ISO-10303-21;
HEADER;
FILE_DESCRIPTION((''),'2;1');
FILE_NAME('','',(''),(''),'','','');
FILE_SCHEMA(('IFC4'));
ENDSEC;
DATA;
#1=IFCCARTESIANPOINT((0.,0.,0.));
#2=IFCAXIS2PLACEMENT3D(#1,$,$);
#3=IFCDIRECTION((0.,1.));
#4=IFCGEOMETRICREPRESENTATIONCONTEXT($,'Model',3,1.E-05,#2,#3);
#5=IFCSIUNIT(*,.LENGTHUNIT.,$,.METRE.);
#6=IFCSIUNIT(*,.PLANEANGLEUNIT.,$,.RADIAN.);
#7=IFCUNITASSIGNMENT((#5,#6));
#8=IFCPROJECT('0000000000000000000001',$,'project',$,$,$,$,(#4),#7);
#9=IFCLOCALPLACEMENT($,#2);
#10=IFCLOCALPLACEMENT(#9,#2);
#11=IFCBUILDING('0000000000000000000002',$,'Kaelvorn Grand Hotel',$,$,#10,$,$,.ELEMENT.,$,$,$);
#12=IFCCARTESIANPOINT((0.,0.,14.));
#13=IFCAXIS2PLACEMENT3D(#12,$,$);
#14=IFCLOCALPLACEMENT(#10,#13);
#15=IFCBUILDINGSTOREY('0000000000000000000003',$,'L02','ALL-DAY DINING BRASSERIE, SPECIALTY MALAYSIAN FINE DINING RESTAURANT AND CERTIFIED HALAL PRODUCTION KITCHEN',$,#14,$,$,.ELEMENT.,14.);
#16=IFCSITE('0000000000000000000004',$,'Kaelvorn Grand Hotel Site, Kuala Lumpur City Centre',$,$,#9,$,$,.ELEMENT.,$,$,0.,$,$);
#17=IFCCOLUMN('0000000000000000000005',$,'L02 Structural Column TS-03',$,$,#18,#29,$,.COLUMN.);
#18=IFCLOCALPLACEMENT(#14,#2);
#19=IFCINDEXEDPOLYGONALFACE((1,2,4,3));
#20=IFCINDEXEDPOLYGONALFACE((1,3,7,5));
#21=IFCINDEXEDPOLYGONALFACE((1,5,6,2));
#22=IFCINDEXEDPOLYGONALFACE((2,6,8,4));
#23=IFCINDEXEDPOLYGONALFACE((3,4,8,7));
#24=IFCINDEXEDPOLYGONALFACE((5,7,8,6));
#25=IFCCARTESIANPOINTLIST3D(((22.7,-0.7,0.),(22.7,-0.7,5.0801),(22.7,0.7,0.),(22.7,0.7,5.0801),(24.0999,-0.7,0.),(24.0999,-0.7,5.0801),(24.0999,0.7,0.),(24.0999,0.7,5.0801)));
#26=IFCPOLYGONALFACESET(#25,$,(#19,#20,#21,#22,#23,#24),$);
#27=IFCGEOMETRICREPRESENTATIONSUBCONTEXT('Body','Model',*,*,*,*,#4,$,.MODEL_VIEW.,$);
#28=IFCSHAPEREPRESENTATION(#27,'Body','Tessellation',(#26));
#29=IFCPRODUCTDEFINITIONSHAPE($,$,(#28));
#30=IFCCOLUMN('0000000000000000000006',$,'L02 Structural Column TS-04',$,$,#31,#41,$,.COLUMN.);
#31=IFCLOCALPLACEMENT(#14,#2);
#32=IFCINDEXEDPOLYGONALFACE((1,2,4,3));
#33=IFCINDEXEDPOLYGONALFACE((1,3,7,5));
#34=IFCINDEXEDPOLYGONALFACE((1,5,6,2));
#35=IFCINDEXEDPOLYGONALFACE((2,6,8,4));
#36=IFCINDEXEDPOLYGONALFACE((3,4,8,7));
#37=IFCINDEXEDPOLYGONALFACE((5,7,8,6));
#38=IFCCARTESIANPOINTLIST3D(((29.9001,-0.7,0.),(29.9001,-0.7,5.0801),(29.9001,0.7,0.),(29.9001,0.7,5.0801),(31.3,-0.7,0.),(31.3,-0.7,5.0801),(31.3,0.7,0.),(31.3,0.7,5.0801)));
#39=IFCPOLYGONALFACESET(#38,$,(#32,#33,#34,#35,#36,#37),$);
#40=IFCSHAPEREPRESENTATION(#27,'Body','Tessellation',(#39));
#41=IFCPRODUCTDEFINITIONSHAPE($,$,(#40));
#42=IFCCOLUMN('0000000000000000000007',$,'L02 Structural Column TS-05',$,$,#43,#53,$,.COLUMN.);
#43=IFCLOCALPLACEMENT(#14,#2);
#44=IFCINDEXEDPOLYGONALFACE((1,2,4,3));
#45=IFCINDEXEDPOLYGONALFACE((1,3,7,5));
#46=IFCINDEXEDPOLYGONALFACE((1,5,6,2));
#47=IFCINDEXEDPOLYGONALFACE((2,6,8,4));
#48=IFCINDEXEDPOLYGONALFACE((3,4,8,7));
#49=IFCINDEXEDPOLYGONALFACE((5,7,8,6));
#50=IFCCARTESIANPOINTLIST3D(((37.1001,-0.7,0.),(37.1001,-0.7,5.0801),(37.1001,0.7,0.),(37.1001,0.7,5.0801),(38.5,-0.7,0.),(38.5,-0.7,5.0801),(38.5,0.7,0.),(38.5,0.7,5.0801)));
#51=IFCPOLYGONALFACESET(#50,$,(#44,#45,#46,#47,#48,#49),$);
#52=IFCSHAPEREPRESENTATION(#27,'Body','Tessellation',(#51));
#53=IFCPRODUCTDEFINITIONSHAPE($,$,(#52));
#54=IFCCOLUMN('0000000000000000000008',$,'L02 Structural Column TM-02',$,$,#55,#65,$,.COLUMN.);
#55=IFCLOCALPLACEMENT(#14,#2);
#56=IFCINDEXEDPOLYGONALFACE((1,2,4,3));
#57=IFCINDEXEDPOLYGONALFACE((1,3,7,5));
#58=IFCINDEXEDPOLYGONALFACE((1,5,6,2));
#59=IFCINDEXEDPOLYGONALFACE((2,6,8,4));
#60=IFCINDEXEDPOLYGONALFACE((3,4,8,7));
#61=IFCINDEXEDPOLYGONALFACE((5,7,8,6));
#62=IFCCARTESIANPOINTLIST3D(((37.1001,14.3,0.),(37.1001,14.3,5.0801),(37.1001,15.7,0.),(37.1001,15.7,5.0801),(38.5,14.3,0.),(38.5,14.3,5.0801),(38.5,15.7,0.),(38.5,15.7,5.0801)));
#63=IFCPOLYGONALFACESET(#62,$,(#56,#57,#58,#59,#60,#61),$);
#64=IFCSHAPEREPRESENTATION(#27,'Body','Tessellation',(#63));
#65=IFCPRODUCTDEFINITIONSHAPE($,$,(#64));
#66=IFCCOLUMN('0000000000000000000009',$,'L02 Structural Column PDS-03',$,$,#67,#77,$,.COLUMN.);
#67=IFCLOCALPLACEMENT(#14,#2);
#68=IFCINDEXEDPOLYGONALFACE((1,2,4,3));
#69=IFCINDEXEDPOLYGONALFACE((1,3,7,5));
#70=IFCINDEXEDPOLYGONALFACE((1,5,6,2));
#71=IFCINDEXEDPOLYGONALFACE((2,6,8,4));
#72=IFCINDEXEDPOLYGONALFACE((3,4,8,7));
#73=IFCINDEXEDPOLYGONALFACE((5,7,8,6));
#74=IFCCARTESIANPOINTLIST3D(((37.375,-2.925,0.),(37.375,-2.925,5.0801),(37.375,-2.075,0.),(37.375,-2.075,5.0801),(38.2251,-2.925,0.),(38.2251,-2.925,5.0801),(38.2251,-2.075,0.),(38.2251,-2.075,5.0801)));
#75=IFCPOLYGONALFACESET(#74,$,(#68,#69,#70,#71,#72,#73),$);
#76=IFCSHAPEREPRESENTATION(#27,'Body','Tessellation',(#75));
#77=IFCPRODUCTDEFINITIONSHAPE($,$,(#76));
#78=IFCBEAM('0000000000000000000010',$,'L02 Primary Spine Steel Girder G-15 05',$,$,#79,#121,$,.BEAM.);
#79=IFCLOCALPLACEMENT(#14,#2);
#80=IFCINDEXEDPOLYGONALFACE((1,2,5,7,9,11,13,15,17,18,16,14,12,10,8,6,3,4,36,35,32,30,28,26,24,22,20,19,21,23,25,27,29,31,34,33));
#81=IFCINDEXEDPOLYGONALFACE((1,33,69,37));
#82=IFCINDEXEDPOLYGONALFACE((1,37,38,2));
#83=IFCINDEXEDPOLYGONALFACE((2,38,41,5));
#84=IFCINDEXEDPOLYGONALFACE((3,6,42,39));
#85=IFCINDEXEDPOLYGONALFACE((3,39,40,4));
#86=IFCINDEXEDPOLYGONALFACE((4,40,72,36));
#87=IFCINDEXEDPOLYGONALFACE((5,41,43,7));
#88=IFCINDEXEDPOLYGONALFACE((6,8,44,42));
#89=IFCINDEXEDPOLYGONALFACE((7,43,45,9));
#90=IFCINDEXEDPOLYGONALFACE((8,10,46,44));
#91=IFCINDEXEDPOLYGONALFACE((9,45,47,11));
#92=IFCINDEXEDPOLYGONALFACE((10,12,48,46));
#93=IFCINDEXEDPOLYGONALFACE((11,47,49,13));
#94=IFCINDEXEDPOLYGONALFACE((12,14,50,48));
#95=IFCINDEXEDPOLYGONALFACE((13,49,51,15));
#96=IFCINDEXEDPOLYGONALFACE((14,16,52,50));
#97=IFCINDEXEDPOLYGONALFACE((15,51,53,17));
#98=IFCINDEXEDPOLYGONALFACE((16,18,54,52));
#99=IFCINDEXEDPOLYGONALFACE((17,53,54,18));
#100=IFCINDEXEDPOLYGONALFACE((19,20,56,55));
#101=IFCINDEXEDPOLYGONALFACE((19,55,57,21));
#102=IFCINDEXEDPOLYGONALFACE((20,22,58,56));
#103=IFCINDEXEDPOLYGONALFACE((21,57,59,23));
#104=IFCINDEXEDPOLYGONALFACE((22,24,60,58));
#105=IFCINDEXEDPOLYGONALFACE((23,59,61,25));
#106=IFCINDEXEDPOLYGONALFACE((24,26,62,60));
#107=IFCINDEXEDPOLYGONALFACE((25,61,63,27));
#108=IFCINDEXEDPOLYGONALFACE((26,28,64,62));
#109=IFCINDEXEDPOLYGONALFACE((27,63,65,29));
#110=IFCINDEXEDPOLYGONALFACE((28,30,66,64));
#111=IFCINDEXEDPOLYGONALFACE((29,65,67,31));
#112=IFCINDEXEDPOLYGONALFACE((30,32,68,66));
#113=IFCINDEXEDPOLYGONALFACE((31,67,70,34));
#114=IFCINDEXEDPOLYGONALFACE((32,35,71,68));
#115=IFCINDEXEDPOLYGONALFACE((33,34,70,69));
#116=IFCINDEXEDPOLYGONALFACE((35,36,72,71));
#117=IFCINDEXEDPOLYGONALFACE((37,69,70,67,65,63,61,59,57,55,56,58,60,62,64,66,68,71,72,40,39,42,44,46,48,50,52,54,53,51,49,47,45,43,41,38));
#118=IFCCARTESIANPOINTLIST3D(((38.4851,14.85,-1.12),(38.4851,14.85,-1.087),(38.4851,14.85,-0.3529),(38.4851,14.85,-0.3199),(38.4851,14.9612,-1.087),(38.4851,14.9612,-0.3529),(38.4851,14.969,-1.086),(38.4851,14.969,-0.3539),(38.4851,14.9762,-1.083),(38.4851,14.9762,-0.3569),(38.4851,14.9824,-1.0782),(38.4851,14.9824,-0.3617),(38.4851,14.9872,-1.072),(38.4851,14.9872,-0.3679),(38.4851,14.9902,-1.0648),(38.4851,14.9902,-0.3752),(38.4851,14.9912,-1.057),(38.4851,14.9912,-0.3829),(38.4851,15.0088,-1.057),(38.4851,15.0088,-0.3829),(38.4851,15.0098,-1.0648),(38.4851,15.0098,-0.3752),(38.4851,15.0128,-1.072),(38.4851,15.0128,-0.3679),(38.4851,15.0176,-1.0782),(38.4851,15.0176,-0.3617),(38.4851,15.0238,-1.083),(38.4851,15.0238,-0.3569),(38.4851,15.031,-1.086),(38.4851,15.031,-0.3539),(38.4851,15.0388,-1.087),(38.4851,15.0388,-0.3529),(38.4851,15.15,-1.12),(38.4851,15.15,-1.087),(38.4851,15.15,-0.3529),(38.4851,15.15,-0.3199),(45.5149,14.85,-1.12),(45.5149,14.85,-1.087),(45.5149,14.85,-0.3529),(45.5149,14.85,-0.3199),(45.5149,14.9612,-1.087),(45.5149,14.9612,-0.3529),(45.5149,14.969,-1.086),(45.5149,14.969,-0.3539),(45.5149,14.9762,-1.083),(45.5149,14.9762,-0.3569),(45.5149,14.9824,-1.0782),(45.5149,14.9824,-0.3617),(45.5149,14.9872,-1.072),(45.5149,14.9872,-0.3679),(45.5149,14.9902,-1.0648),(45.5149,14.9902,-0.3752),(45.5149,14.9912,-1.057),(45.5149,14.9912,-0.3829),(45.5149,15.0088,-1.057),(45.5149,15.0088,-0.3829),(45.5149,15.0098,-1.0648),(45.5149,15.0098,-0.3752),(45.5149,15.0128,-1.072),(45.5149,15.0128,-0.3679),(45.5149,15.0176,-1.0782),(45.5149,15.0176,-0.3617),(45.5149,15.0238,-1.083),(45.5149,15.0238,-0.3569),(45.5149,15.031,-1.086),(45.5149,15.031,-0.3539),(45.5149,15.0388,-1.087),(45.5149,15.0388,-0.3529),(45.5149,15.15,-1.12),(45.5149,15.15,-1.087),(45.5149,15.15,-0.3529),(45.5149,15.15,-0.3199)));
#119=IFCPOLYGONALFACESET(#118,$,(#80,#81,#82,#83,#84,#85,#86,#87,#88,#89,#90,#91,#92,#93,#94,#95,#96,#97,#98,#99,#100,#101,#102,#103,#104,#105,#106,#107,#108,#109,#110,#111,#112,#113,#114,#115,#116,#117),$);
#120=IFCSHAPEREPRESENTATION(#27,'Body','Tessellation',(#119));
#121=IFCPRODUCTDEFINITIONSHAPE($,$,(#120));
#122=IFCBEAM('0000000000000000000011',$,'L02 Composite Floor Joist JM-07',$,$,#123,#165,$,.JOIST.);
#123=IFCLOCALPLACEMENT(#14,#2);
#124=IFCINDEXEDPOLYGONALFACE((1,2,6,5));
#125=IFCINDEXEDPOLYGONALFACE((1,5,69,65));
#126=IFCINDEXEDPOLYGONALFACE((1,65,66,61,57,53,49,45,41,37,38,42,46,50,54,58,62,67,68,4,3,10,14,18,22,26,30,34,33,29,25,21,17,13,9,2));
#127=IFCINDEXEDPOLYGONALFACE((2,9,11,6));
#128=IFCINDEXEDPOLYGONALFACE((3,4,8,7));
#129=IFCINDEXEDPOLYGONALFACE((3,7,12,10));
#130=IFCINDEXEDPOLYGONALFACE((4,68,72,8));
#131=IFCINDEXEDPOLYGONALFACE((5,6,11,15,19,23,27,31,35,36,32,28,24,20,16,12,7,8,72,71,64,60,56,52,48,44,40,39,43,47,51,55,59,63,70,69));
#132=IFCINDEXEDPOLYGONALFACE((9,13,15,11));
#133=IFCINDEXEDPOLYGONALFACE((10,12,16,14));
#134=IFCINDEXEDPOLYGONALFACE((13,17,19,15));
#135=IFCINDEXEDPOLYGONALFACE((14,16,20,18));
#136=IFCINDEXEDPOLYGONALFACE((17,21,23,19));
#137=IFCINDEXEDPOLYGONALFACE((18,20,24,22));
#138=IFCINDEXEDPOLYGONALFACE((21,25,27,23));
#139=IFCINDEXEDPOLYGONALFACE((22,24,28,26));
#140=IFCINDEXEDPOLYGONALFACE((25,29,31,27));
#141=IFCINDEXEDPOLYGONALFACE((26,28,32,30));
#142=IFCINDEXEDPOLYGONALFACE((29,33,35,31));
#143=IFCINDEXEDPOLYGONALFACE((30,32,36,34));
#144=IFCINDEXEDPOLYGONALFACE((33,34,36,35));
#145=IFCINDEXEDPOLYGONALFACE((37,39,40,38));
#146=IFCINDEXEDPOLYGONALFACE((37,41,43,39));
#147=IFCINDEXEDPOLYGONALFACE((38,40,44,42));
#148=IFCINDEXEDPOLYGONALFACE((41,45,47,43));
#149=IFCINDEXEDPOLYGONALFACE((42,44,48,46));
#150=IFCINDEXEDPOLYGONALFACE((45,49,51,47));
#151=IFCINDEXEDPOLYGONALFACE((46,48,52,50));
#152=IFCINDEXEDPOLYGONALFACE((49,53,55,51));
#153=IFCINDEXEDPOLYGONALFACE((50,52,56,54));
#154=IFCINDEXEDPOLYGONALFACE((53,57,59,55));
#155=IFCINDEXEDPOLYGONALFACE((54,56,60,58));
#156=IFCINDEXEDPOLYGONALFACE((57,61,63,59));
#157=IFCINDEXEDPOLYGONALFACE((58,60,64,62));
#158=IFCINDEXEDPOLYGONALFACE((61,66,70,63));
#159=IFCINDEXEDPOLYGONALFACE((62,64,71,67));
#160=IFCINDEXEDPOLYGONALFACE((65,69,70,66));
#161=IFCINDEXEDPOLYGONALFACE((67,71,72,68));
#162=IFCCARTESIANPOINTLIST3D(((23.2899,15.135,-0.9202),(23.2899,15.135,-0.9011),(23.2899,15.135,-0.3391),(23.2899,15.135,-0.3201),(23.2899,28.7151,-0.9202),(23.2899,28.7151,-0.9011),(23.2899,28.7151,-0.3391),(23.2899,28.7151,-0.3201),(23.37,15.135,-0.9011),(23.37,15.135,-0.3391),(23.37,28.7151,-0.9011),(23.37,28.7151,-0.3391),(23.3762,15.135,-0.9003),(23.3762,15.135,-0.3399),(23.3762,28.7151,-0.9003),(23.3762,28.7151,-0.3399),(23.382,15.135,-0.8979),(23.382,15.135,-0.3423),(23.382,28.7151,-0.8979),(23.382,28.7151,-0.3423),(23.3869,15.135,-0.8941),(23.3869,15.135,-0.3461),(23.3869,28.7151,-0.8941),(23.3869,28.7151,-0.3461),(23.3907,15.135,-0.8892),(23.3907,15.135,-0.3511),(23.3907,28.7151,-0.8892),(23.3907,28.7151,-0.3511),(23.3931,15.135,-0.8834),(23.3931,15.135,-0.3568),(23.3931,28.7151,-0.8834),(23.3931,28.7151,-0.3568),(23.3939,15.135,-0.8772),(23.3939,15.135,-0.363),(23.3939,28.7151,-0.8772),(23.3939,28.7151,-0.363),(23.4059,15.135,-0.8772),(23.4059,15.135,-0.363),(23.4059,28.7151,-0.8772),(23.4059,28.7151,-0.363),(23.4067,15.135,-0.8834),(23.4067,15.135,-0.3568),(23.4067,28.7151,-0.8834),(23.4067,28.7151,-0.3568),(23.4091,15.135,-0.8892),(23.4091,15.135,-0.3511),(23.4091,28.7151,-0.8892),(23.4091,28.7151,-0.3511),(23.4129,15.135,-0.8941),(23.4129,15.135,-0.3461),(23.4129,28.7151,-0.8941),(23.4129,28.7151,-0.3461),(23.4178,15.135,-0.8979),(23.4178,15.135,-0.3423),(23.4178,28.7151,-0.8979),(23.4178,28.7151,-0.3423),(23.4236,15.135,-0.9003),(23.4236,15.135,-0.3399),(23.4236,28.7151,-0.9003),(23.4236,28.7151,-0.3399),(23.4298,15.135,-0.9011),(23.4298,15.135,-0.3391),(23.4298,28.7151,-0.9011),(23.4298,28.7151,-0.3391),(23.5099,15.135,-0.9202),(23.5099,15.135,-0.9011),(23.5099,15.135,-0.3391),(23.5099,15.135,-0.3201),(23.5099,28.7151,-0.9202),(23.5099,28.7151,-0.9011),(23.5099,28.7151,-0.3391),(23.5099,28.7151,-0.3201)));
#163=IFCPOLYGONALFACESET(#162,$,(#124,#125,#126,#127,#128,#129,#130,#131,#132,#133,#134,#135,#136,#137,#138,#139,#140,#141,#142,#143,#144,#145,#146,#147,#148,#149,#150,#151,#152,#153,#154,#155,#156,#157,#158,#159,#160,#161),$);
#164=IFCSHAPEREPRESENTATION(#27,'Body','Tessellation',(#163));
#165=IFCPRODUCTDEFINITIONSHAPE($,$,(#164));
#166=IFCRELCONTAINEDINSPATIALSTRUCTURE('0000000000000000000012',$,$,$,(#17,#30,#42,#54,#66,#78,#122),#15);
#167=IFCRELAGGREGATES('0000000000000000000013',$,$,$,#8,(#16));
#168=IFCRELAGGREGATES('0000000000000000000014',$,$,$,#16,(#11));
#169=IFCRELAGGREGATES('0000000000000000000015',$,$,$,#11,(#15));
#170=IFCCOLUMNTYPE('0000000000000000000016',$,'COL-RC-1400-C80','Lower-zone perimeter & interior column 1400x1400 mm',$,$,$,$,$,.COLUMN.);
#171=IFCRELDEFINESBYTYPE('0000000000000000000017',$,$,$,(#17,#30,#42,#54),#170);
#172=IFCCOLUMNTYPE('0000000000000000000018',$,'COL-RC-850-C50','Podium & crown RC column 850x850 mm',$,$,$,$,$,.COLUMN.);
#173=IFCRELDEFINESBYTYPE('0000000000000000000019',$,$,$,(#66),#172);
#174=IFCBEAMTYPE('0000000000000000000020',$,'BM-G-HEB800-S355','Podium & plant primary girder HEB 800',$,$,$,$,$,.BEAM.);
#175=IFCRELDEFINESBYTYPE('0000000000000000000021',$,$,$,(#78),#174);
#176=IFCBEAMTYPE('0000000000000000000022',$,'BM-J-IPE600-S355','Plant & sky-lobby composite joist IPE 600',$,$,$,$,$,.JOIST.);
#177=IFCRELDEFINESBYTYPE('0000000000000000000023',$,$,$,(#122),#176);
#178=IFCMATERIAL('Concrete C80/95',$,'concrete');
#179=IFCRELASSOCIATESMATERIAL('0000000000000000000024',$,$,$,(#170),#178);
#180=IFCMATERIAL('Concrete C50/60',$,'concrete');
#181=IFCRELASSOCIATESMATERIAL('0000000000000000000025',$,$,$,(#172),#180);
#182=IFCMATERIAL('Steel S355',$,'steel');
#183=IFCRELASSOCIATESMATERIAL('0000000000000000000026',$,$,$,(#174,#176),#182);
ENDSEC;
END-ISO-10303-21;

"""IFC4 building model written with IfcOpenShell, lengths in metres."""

from ifc_helpers import new_model, si_unit, direction, frame, origin, origin_2d, place, context, subcontext, project, spatial, rectangle, i_section, extrude, material, material_profile, profile_set, type_object, element, save


model = new_model("IFC4")

# Units and contexts
model_context = context("Model", 3, precision=1e-05, world=origin(), true_north=direction((0.0, 1.0)))
body_context = subcontext(model_context, "Body", "Model", "MODEL_VIEW")
ifc_project = project(units=[si_unit("LENGTHUNIT", "METRE"), si_unit("PLANEANGLEUNIT", "RADIAN")], contexts=[model_context])

# Site, building, storey
site_placement = place(None, origin())
site = spatial("IfcSite", under=ifc_project, at=site_placement, Name="Kaelvorn Grand Hotel Site, Kuala Lumpur City Centre", CompositionType="ELEMENT", RefElevation=0.0)
building_placement = place(site_placement, origin())
building = spatial("IfcBuilding", under=site, at=building_placement, Name="Kaelvorn Grand Hotel", CompositionType="ELEMENT")
storey_placement = place(building_placement, frame((0.0, 0.0, 14.0)))
storey = spatial("IfcBuildingStorey", under=building, at=storey_placement, Name="L02", Description="ALL-DAY DINING BRASSERIE, SPECIALTY MALAYSIAN FINE DINING RESTAURANT AND CERTIFIED HALAL PRODUCTION KITCHEN", CompositionType="ELEMENT", Elevation=14.0)

# Columns
ifc_material_1 = material(Name="Concrete C80/95", Category="concrete")
ifc_material_profile_1 = material_profile(ifc_material_1, rectangle(XDim=1.3999, YDim=1.3999, at=origin_2d()), Name="RC COL 1400x1400")
ifc_profile_set_1 = profile_set([ifc_material_profile_1], Name="Concrete C80/95")
column_type_1 = type_object("IfcColumnType", Name="COL-RC-1400-C80", Description="Lower-zone perimeter & interior column 1400x1400 mm", PredefinedType="COLUMN", material=ifc_profile_set_1)
for number, where, z_axis, x_axis, name in (
    (1, (23.3999, 0.0, 0.0), (0.0, 0.0, 1.0), (1.0, 0.0, 0.0), "L02 Structural Column TS-03"),
    (2, (30.6001, 0.0, 0.0), (0.0, 0.0, 1.0), (1.0, 0.0, 0.0), "L02 Structural Column TS-04"),
    (3, (37.8, 0.0, 0.0), (0.0, 0.0, 1.0), (1.0, 0.0, 0.0), "L02 Structural Column TS-05"),
    (4, (37.8, 15.0, 0.0), (0.0, 0.0, 1.0), (1.0, 0.0, 0.0), "L02 Structural Column TM-02"),
):
    element("IfcColumn", number, at=place(storey_placement, frame(where, z_axis=z_axis, x_axis=x_axis)), inside=storey, type_object=column_type_1, Name=name, PredefinedType="COLUMN", context=body_context, shape_type="SweptSolid", body=[
        extrude(rectangle(XDim=1.3999, YDim=1.3999, at=origin_2d()), origin(), (0.0, 0.0, 1.0), 5.0801),
    ])
ifc_material_2 = material(Name="Concrete C50/60", Category="concrete")
ifc_material_profile_2 = material_profile(ifc_material_2, rectangle(XDim=0.8501, YDim=0.8501, at=origin_2d()), Name="RC COL 850x850")
ifc_profile_set_2 = profile_set([ifc_material_profile_2], Name="Concrete C50/60")
column_type_2 = type_object("IfcColumnType", Name="COL-RC-850-C50", Description="Podium & crown RC column 850x850 mm", PredefinedType="COLUMN", material=ifc_profile_set_2)
column_placement = place(storey_placement, frame((37.8, -2.5, 0.0), z_axis=(0.0, 0.0, 1.0), x_axis=(1.0, 0.0, 0.0)))
element("IfcColumn", 5, at=column_placement, inside=storey, type_object=column_type_2, Name="L02 Structural Column PDS-03", PredefinedType="COLUMN", context=body_context, shape_type="SweptSolid", body=[
    extrude(rectangle(XDim=0.8501, YDim=0.8501, at=origin_2d()), origin(), (0.0, 0.0, 1.0), 5.0801),
])

# Beams
ifc_material_3 = material(Name="Steel S355", Category="steel")
ifc_material_profile_3 = material_profile(ifc_material_3, i_section(OverallWidth=0.3, OverallDepth=0.8, WebThickness=0.0176, FlangeThickness=0.033, FilletRadius=0.03, at=origin_2d()), Name="HEB 800")
ifc_profile_set_3 = profile_set([ifc_material_profile_3], Name="Steel S355")
beam_type_1 = type_object("IfcBeamType", Name="BM-G-HEB800-S355", Description="Podium & plant primary girder HEB 800", PredefinedType="BEAM", material=ifc_profile_set_3)
beam_1_placement = place(storey_placement, frame((38.4851, 15.0, -0.72), z_axis=(1.0, 0.0, 0.0), x_axis=(0.0, 1.0, 0.0)))
element("IfcBeam", 6, at=beam_1_placement, inside=storey, type_object=beam_type_1, Name="L02 Primary Spine Steel Girder G-15 05", PredefinedType="BEAM", context=body_context, shape_type="SweptSolid", body=[
    extrude(i_section(OverallWidth=0.3, OverallDepth=0.8, WebThickness=0.0176, FlangeThickness=0.033, FilletRadius=0.03, at=origin_2d()), origin(), (0.0, 0.0, 1.0), 7.0298),
])
ifc_material_profile_4 = material_profile(ifc_material_3, i_section(OverallWidth=0.22, OverallDepth=0.6001, WebThickness=0.012, FlangeThickness=0.019, FilletRadius=0.0239, at=origin_2d()), Name="IPE 600")
ifc_profile_set_4 = profile_set([ifc_material_profile_4], Name="Steel S355")
beam_type_2 = type_object("IfcBeamType", Name="BM-J-IPE600-S355", Description="Plant & sky-lobby composite joist IPE 600", PredefinedType="JOIST", material=ifc_profile_set_4)
beam_2_placement = place(storey_placement, frame((23.3999, 15.135, -0.6201), z_axis=(0.0, 1.0, 0.0), x_axis=(-1.0, 0.0, 0.0)))
element("IfcBeam", 7, at=beam_2_placement, inside=storey, type_object=beam_type_2, Name="L02 Composite Floor Joist JM-07", PredefinedType="JOIST", context=body_context, shape_type="SweptSolid", body=[
    extrude(i_section(OverallWidth=0.22, OverallDepth=0.6001, WebThickness=0.012, FlangeThickness=0.019, FilletRadius=0.0239, at=origin_2d()), origin(), (0.0, 0.0, 1.0), 13.5801),
])

save(model, "model.ifc")
